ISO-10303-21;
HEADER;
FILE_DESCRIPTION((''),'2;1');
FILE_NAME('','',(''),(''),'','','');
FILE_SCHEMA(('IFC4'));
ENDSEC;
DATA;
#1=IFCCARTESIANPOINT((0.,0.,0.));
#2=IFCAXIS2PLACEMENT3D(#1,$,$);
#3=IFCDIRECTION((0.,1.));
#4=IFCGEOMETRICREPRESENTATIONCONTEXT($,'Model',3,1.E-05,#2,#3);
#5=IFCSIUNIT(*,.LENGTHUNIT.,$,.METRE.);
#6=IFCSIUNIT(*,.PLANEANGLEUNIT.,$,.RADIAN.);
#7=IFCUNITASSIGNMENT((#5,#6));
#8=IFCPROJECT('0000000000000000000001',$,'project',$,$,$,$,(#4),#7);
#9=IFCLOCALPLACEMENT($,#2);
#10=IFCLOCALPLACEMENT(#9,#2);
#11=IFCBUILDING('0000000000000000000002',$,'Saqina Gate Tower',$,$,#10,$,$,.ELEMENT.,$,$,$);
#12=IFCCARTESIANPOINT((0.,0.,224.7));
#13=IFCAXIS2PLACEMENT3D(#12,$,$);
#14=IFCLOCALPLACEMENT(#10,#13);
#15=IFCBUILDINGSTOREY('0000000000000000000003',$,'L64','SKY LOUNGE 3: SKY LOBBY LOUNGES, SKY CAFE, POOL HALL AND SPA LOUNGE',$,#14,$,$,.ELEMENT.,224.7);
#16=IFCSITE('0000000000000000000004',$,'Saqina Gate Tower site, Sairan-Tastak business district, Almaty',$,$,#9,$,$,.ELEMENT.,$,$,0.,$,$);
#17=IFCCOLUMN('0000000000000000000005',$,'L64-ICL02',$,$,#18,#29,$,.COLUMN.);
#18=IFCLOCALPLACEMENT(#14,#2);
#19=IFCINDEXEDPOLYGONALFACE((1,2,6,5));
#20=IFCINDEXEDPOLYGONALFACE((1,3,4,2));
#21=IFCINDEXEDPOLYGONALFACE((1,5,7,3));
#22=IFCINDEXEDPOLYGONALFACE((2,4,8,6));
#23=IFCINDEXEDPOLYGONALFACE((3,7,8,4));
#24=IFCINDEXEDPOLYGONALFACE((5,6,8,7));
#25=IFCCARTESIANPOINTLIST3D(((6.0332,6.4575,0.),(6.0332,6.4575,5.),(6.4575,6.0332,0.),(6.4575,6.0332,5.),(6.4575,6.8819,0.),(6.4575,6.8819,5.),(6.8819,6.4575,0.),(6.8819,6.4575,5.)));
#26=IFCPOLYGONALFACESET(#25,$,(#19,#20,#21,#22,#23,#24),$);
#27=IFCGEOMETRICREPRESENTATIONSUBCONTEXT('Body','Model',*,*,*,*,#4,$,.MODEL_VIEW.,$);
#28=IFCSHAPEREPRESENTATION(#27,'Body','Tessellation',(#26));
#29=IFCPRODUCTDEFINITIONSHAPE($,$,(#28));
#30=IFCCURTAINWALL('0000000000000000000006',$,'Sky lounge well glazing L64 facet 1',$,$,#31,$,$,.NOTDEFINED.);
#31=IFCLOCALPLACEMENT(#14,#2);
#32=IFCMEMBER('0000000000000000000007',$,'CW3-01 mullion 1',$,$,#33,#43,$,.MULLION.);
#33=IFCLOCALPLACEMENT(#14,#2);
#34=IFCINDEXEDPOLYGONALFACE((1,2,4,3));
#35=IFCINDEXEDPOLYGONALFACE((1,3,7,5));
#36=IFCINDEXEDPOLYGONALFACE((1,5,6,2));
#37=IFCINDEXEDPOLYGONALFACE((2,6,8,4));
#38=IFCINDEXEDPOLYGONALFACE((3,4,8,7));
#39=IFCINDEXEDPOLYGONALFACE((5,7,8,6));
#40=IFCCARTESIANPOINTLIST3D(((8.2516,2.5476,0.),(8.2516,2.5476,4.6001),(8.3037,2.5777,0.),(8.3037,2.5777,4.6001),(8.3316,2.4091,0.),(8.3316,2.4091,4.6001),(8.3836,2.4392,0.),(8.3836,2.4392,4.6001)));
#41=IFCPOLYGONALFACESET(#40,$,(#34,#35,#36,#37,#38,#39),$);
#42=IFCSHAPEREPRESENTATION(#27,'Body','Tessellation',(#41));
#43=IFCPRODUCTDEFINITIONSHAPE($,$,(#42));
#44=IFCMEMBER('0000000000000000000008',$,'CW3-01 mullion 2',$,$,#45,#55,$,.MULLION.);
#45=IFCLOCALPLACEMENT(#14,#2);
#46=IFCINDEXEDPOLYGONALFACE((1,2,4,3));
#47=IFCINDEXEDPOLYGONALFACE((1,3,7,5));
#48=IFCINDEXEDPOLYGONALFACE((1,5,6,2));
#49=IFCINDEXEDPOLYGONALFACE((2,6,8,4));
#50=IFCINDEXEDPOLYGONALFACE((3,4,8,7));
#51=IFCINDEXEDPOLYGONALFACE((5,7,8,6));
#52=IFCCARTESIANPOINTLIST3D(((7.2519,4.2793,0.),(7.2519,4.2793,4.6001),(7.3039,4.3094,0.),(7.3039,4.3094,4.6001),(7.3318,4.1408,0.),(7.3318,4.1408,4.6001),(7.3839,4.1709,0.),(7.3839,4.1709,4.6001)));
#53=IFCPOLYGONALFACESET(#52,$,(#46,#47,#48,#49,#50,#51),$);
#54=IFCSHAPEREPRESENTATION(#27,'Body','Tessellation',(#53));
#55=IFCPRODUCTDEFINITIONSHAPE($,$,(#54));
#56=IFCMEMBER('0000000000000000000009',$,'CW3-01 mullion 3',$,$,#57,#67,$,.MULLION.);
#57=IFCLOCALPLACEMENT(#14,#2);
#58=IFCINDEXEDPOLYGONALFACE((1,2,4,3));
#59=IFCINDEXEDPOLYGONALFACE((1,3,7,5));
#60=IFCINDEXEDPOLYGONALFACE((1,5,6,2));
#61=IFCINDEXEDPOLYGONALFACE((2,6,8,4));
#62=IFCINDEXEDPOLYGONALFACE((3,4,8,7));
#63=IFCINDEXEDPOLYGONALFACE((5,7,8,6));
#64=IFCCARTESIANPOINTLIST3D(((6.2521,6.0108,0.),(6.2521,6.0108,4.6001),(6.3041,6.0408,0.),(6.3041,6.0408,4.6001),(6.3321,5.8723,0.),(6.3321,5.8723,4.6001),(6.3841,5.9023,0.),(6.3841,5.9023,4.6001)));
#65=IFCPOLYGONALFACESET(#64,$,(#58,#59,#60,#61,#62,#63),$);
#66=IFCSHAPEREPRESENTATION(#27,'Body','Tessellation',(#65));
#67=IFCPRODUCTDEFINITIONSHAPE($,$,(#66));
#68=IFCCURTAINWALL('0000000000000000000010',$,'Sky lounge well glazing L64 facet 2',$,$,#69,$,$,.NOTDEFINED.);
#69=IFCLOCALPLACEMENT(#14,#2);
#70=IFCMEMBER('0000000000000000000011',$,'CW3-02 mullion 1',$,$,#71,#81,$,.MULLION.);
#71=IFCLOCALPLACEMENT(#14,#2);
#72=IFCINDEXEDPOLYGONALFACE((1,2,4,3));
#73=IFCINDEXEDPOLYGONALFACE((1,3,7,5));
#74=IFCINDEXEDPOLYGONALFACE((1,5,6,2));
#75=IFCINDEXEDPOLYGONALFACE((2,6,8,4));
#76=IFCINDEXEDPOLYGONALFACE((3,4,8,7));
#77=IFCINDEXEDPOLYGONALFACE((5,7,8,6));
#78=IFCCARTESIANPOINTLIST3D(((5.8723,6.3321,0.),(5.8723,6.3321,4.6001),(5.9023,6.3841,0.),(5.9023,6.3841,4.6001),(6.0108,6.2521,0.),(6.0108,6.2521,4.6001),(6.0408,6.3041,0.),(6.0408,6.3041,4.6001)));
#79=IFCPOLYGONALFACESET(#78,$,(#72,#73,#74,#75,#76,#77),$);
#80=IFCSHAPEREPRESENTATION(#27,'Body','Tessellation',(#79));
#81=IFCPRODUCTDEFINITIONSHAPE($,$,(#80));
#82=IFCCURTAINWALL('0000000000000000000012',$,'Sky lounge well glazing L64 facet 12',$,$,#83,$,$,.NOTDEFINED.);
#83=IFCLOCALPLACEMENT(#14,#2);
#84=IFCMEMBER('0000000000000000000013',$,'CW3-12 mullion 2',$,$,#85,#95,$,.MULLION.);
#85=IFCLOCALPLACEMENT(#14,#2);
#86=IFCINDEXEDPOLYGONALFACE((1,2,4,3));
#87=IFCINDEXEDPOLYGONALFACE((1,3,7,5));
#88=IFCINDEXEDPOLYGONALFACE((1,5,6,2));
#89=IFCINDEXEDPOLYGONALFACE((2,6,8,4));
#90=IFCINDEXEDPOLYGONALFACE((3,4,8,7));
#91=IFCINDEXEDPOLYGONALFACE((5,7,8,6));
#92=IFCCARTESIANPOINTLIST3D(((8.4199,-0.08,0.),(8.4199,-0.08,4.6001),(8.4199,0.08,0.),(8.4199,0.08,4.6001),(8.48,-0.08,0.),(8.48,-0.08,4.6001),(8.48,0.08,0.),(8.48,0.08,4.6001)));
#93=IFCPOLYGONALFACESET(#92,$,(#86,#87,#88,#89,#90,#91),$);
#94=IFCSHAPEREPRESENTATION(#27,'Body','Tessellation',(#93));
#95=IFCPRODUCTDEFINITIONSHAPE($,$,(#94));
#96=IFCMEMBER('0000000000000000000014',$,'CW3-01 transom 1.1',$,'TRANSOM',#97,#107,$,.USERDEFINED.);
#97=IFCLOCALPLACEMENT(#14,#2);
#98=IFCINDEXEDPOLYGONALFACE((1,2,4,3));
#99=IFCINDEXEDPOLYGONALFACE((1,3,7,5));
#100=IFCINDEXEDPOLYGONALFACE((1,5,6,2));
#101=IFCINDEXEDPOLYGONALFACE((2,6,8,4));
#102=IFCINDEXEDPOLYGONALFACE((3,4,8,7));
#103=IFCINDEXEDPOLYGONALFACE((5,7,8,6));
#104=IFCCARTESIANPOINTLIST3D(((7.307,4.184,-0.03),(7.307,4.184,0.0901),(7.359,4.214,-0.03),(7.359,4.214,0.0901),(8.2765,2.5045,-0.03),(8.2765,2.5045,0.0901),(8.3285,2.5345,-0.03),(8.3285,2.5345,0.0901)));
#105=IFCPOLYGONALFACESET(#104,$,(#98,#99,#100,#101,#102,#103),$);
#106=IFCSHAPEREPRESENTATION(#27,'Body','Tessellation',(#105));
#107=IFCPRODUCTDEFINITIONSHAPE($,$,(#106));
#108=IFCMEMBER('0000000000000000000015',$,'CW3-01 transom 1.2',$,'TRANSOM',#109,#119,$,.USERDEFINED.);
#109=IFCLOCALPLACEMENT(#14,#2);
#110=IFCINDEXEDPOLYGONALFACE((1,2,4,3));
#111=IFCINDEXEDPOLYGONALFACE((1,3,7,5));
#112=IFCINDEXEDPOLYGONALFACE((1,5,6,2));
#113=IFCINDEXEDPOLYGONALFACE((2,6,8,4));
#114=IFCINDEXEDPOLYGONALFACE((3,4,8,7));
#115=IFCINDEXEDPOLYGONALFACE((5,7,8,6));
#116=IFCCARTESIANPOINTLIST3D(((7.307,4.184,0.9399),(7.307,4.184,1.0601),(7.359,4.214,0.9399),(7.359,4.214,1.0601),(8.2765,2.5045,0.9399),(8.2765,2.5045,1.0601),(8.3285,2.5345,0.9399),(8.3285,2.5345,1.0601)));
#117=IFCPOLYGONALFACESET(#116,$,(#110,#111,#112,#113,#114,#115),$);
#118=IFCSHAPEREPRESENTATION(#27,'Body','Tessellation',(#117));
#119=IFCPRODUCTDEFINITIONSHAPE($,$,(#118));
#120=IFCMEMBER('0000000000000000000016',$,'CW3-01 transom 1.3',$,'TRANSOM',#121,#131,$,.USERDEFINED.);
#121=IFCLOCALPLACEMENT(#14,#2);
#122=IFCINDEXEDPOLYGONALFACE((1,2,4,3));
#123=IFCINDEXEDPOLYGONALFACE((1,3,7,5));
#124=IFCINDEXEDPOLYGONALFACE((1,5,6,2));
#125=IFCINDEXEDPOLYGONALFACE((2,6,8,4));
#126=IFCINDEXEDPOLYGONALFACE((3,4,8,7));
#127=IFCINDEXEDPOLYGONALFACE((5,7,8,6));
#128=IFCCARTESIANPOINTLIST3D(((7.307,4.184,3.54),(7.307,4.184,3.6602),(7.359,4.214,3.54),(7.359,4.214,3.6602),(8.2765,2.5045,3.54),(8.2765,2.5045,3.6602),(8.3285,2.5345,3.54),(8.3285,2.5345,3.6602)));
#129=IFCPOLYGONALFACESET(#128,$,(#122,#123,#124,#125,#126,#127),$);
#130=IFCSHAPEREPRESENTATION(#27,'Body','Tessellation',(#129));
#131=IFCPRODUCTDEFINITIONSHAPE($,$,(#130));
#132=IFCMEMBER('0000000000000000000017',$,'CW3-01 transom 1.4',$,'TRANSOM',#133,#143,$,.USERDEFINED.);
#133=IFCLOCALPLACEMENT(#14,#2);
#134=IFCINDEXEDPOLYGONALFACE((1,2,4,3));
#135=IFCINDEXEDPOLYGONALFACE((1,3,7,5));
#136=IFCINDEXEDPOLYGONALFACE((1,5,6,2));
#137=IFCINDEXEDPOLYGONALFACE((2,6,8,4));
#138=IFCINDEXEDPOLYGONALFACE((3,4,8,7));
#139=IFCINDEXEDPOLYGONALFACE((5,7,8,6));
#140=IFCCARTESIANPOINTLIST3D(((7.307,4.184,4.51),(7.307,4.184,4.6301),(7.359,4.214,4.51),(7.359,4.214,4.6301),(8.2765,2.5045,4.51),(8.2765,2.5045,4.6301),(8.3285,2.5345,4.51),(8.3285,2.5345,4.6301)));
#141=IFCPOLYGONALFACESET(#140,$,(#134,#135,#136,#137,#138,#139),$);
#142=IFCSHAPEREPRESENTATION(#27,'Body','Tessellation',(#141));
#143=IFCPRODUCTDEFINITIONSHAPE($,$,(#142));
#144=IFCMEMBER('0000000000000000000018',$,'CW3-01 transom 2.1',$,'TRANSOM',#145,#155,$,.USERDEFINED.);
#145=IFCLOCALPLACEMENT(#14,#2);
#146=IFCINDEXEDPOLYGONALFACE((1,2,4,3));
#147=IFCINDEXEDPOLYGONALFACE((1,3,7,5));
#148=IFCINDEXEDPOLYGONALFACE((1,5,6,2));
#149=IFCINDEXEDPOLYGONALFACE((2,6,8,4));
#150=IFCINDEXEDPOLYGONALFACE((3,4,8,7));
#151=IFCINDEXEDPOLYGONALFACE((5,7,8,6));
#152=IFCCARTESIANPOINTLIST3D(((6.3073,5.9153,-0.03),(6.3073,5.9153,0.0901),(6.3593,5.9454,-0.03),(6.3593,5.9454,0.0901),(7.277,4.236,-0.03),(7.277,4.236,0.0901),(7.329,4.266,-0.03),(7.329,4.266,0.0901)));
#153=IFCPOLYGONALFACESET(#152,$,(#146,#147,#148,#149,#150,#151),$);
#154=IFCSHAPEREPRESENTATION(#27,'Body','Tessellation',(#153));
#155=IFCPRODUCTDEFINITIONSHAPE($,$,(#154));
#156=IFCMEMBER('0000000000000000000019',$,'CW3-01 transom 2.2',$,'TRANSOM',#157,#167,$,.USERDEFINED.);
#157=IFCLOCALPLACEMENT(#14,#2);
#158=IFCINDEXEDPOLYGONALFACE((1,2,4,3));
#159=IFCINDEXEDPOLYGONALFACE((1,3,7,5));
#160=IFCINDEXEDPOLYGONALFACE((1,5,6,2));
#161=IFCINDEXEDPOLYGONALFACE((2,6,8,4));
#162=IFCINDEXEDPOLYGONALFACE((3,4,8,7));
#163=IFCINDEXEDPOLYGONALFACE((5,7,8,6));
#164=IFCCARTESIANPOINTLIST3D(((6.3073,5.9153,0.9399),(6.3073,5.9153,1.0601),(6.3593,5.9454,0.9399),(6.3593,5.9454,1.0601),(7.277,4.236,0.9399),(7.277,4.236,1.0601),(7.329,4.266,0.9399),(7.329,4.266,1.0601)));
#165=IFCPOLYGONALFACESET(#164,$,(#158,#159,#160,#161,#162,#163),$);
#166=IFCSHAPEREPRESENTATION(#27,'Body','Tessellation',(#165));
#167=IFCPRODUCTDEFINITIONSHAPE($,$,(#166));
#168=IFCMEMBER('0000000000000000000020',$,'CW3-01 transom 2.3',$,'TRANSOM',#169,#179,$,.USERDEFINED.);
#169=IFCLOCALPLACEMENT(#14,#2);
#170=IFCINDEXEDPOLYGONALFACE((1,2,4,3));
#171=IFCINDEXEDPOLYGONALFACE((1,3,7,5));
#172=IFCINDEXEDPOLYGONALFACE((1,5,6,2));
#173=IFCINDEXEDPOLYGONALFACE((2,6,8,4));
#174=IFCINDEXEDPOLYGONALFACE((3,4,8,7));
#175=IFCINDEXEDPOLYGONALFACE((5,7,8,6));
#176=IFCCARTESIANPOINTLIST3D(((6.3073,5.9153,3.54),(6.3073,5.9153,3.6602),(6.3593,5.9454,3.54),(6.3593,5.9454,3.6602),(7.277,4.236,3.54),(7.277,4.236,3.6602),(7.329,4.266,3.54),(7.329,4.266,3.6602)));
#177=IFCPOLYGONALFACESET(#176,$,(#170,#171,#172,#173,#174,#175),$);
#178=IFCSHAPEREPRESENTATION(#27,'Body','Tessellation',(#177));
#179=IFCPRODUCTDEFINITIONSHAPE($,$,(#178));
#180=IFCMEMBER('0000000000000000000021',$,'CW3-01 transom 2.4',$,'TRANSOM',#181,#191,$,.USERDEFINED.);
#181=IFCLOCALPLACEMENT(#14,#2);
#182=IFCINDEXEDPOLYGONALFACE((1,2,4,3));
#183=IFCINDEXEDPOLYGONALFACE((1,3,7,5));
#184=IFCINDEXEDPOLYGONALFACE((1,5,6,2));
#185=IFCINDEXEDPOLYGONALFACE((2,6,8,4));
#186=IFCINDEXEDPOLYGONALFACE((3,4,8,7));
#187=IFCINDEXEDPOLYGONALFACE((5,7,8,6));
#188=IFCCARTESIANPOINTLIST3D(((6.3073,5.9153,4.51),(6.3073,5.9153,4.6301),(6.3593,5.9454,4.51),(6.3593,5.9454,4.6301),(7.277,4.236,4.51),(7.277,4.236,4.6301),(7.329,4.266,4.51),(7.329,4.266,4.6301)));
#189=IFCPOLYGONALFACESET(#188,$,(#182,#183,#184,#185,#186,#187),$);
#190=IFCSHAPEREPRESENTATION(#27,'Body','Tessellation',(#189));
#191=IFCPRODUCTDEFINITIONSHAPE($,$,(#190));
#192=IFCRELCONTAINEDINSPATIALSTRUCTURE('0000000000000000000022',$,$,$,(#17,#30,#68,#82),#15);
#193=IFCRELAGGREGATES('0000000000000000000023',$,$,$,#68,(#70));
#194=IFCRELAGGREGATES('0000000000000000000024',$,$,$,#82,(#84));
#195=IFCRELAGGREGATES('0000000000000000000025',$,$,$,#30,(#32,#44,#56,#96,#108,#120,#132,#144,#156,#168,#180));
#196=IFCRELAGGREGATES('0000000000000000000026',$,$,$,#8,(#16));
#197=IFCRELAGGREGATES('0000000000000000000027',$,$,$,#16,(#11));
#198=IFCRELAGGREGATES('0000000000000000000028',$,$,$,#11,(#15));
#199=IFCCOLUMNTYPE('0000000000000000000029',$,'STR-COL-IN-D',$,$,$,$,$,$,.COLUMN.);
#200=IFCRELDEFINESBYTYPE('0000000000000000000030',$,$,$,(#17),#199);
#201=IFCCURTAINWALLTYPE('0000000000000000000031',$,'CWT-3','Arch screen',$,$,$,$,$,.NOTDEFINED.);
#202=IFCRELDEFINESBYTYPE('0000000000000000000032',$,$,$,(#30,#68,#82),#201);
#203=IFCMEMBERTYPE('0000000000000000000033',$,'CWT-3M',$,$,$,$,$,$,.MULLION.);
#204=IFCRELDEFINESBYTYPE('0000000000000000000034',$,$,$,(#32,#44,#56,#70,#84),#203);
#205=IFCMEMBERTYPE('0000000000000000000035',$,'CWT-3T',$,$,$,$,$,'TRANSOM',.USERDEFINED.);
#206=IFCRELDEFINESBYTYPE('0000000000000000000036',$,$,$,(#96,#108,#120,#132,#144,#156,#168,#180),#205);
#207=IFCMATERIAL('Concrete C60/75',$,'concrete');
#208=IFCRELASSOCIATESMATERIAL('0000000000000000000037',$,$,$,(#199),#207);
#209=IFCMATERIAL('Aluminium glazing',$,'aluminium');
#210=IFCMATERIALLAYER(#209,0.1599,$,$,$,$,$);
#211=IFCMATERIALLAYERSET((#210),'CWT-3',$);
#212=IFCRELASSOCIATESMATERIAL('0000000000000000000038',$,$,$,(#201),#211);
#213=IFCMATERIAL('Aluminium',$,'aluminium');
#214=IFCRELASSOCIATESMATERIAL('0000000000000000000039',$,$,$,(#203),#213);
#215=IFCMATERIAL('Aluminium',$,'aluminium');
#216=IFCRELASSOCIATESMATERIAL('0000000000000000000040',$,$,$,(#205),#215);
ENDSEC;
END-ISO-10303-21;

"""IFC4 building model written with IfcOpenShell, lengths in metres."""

from ifc_helpers import new_model, si_unit, direction, frame, origin, origin_2d, place, context, subcontext, project, spatial, rectangle, extrude, material, layer, layer_set, material_profile, profile_set, type_object, element, aggregate, save


model = new_model("IFC4")

# Units and contexts
model_context = context("Model", 3, precision=1e-05, world=origin(), true_north=direction((0.0, 1.0)))
body_context = subcontext(model_context, "Body", "Model", "MODEL_VIEW")
ifc_project = project(units=[si_unit("LENGTHUNIT", "METRE"), si_unit("PLANEANGLEUNIT", "RADIAN")], contexts=[model_context])

# Site, building, storey
site_placement = place(None, origin())
site = spatial("IfcSite", under=ifc_project, at=site_placement, Name="Saqina Gate Tower site, Sairan-Tastak business district, Almaty", CompositionType="ELEMENT", RefElevation=0.0)
building_placement = place(site_placement, origin())
building = spatial("IfcBuilding", under=site, at=building_placement, Name="Saqina Gate Tower", CompositionType="ELEMENT")
storey_placement = place(building_placement, frame((0.0, 0.0, 224.7)))
storey = spatial("IfcBuildingStorey", under=building, at=storey_placement, Name="L64", Description="SKY LOUNGE 3: SKY LOBBY LOUNGES, SKY CAFE, POOL HALL AND SPA LOUNGE", CompositionType="ELEMENT", Elevation=224.7)

# Column
ifc_material_1 = material(Name="Concrete C60/75", Category="concrete")
ifc_material_profile_1 = material_profile(ifc_material_1, rectangle(XDim=0.6001, YDim=0.6001, at=origin_2d()), Name="RC 600x600")
ifc_profile_set_1 = profile_set([ifc_material_profile_1], Name="Concrete C60/75")
column_type = type_object("IfcColumnType", Name="STR-COL-IN-D", PredefinedType="COLUMN", material=ifc_profile_set_1)
column_placement = place(storey_placement, frame((6.4575, 6.4575, 0.0), z_axis=(0.0, 0.0, 1.0), x_axis=(0.707107, 0.707107, 0.0)))
element("IfcColumn", 1, at=column_placement, inside=storey, type_object=column_type, Name="L64-ICL02", PredefinedType="COLUMN", context=body_context, shape_type="SweptSolid", body=[
    extrude(rectangle(XDim=0.6001, YDim=0.6001, at=origin_2d()), origin(), (0.0, 0.0, 1.0), 5.0),
])

# Curtain wall, members
ifc_material_2 = material(Name="Aluminium glazing", Category="aluminium")
ifc_layer_1 = layer(ifc_material_2, 0.1599)
ifc_layer_set_1 = layer_set([ifc_layer_1], Name="CWT-3")
curtain_wall_type = type_object("IfcCurtainWallType", Name="CWT-3", Description="Arch screen", PredefinedType="NOTDEFINED", material=ifc_layer_set_1)
curtain_wall_1_placement = place(storey_placement, origin())
curtain_wall_1 = element("IfcCurtainWall", 2, at=curtain_wall_1_placement, inside=storey, type_object=curtain_wall_type, Name="Sky lounge well glazing L64 facet 1", PredefinedType="NOTDEFINED")
ifc_material_3 = material(Name="Aluminium", Category="aluminium")
ifc_material_profile_2 = material_profile(ifc_material_3, rectangle(XDim=0.0601, YDim=0.1599, at=origin_2d()), Name="Aluminium 60x160")
ifc_profile_set_2 = profile_set([ifc_material_profile_2], Name="Aluminium")
member_type_1 = type_object("IfcMemberType", Name="CWT-3M", PredefinedType="MULLION", material=ifc_profile_set_2)
member_1_placement = place(storey_placement, frame((8.3176, 2.4934, 0.0), z_axis=(0.0, 0.0, 1.0), x_axis=(-0.866024, -0.500003, 0.0)))
member_1 = element("IfcMember", 3, at=member_1_placement, type_object=member_type_1, Name="CW3-01 mullion 1", PredefinedType="MULLION", context=body_context, shape_type="SweptSolid", body=[
    extrude(rectangle(XDim=0.0601, YDim=0.1599, at=origin_2d()), origin(), (0.0, 0.0, 1.0), 4.6001),
])
member_2_placement = place(storey_placement, frame((7.3179, 4.2251, 0.0), z_axis=(0.0, 0.0, 1.0), x_axis=(-0.866024, -0.500003, 0.0)))
member_2 = element("IfcMember", 4, at=member_2_placement, type_object=member_type_1, Name="CW3-01 mullion 2", PredefinedType="MULLION", context=body_context, shape_type="SweptSolid", body=[
    extrude(rectangle(XDim=0.0601, YDim=0.1599, at=origin_2d()), origin(), (0.0, 0.0, 1.0), 4.6001),
])
member_3_placement = place(storey_placement, frame((6.3181, 5.9565, 0.0), z_axis=(0.0, 0.0, 1.0), x_axis=(-0.866024, -0.500003, 0.0)))
member_3 = element("IfcMember", 5, at=member_3_placement, type_object=member_type_1, Name="CW3-01 mullion 3", PredefinedType="MULLION", context=body_context, shape_type="SweptSolid", body=[
    extrude(rectangle(XDim=0.0601, YDim=0.1599, at=origin_2d()), origin(), (0.0, 0.0, 1.0), 4.6001),
])

# Curtain walls, members
curtain_wall_2_placement = place(storey_placement, origin())
curtain_wall_2 = element("IfcCurtainWall", 6, at=curtain_wall_2_placement, inside=storey, type_object=curtain_wall_type, Name="Sky lounge well glazing L64 facet 2", PredefinedType="NOTDEFINED")
member_4_placement = place(storey_placement, frame((5.9565, 6.3181, 0.0), z_axis=(0.0, 0.0, 1.0), x_axis=(-0.500003, -0.866024, 0.0)))
member_4 = element("IfcMember", 7, at=member_4_placement, type_object=member_type_1, Name="CW3-02 mullion 1", PredefinedType="MULLION", context=body_context, shape_type="SweptSolid", body=[
    extrude(rectangle(XDim=0.0601, YDim=0.1599, at=origin_2d()), origin(), (0.0, 0.0, 1.0), 4.6001),
])
curtain_wall_3_placement = place(storey_placement, origin())
curtain_wall_3 = element("IfcCurtainWall", 8, at=curtain_wall_3_placement, inside=storey, type_object=curtain_wall_type, Name="Sky lounge well glazing L64 facet 12", PredefinedType="NOTDEFINED")
member_5_placement = place(storey_placement, frame((8.45, 0.0, 0.0), z_axis=(0.0, 0.0, 1.0), x_axis=(-1.0, 0.0, 0.0)))
member_5 = element("IfcMember", 9, at=member_5_placement, type_object=member_type_1, Name="CW3-12 mullion 2", PredefinedType="MULLION", context=body_context, shape_type="SweptSolid", body=[
    extrude(rectangle(XDim=0.0601, YDim=0.1599, at=origin_2d()), origin(), (0.0, 0.0, 1.0), 4.6001),
])

# Members
ifc_material_4 = material(Name="Aluminium", Category="aluminium")
ifc_material_profile_3 = material_profile(ifc_material_4, rectangle(XDim=0.0601, YDim=0.1201, at=origin_2d()), Name="Aluminium 60x120")
ifc_profile_set_3 = profile_set([ifc_material_profile_3], Name="Aluminium")
member_type_2 = type_object("IfcMemberType", Name="CWT-3T", ElementType="TRANSOM", PredefinedType="USERDEFINED", material=ifc_profile_set_3)
member_6_placement = place(storey_placement, frame((8.3025, 2.5195, 0.03), z_axis=(-0.499944, 0.866058, 0.0), x_axis=(-0.866058, -0.499944, 0.0)))
member_6 = element("IfcMember", 10, at=member_6_placement, type_object=member_type_2, Name="CW3-01 transom 1.1", ObjectType="TRANSOM", PredefinedType="USERDEFINED", context=body_context, shape_type="SweptSolid", body=[
    extrude(rectangle(XDim=0.0601, YDim=0.1201, at=origin_2d()), origin(), (0.0, 0.0, 1.0), 1.9392),
])
member_7_placement = place(storey_placement, frame((8.3025, 2.5195, 1.0), z_axis=(-0.499944, 0.866058, 0.0), x_axis=(-0.866058, -0.499944, 0.0)))
member_7 = element("IfcMember", 11, at=member_7_placement, type_object=member_type_2, Name="CW3-01 transom 1.2", ObjectType="TRANSOM", PredefinedType="USERDEFINED", context=body_context, shape_type="SweptSolid", body=[
    extrude(rectangle(XDim=0.0601, YDim=0.1201, at=origin_2d()), origin(), (0.0, 0.0, 1.0), 1.9392),
])
member_8_placement = place(storey_placement, frame((8.3025, 2.5195, 3.6001), z_axis=(-0.499944, 0.866058, 0.0), x_axis=(-0.866058, -0.499944, 0.0)))
member_8 = element("IfcMember", 12, at=member_8_placement, type_object=member_type_2, Name="CW3-01 transom 1.3", ObjectType="TRANSOM", PredefinedType="USERDEFINED", context=body_context, shape_type="SweptSolid", body=[
    extrude(rectangle(XDim=0.0601, YDim=0.1201, at=origin_2d()), origin(), (0.0, 0.0, 1.0), 1.9392),
])
member_9_placement = place(storey_placement, frame((8.3025, 2.5195, 4.5701), z_axis=(-0.499944, 0.866058, 0.0), x_axis=(-0.866058, -0.499944, 0.0)))
member_9 = element("IfcMember", 13, at=member_9_placement, type_object=member_type_2, Name="CW3-01 transom 1.4", ObjectType="TRANSOM", PredefinedType="USERDEFINED", context=body_context, shape_type="SweptSolid", body=[
    extrude(rectangle(XDim=0.0601, YDim=0.1201, at=origin_2d()), origin(), (0.0, 0.0, 1.0), 1.9392),
])
member_10_placement = place(storey_placement, frame((7.303, 4.251, 0.03), z_axis=(-0.500038, 0.866003, 0.0), x_axis=(-0.866003, -0.500038, 0.0)))
member_10 = element("IfcMember", 14, at=member_10_placement, type_object=member_type_2, Name="CW3-01 transom 2.1", ObjectType="TRANSOM", PredefinedType="USERDEFINED", context=body_context, shape_type="SweptSolid", body=[
    extrude(rectangle(XDim=0.0601, YDim=0.1201, at=origin_2d()), origin(), (0.0, 0.0, 1.0), 1.9392),
])
member_11_placement = place(storey_placement, frame((7.303, 4.251, 1.0), z_axis=(-0.500038, 0.866003, 0.0), x_axis=(-0.866003, -0.500038, 0.0)))
member_11 = element("IfcMember", 15, at=member_11_placement, type_object=member_type_2, Name="CW3-01 transom 2.2", ObjectType="TRANSOM", PredefinedType="USERDEFINED", context=body_context, shape_type="SweptSolid", body=[
    extrude(rectangle(XDim=0.0601, YDim=0.1201, at=origin_2d()), origin(), (0.0, 0.0, 1.0), 1.9392),
])
member_12_placement = place(storey_placement, frame((7.303, 4.251, 3.6001), z_axis=(-0.500038, 0.866003, 0.0), x_axis=(-0.866003, -0.500038, 0.0)))
member_12 = element("IfcMember", 16, at=member_12_placement, type_object=member_type_2, Name="CW3-01 transom 2.3", ObjectType="TRANSOM", PredefinedType="USERDEFINED", context=body_context, shape_type="SweptSolid", body=[
    extrude(rectangle(XDim=0.0601, YDim=0.1201, at=origin_2d()), origin(), (0.0, 0.0, 1.0), 1.9392),
])
member_13_placement = place(storey_placement, frame((7.303, 4.251, 4.5701), z_axis=(-0.500038, 0.866003, 0.0), x_axis=(-0.866003, -0.500038, 0.0)))
member_13 = element("IfcMember", 17, at=member_13_placement, type_object=member_type_2, Name="CW3-01 transom 2.4", ObjectType="TRANSOM", PredefinedType="USERDEFINED", context=body_context, shape_type="SweptSolid", body=[
    extrude(rectangle(XDim=0.0601, YDim=0.1201, at=origin_2d()), origin(), (0.0, 0.0, 1.0), 1.9392),
])
aggregate(curtain_wall_2, [member_4])
aggregate(curtain_wall_3, [member_5])

aggregate(curtain_wall_1, [member_1, member_2, member_3, member_6, member_7, member_8, member_9, member_10, member_11, member_12, member_13])

save(model, "model.ifc")
